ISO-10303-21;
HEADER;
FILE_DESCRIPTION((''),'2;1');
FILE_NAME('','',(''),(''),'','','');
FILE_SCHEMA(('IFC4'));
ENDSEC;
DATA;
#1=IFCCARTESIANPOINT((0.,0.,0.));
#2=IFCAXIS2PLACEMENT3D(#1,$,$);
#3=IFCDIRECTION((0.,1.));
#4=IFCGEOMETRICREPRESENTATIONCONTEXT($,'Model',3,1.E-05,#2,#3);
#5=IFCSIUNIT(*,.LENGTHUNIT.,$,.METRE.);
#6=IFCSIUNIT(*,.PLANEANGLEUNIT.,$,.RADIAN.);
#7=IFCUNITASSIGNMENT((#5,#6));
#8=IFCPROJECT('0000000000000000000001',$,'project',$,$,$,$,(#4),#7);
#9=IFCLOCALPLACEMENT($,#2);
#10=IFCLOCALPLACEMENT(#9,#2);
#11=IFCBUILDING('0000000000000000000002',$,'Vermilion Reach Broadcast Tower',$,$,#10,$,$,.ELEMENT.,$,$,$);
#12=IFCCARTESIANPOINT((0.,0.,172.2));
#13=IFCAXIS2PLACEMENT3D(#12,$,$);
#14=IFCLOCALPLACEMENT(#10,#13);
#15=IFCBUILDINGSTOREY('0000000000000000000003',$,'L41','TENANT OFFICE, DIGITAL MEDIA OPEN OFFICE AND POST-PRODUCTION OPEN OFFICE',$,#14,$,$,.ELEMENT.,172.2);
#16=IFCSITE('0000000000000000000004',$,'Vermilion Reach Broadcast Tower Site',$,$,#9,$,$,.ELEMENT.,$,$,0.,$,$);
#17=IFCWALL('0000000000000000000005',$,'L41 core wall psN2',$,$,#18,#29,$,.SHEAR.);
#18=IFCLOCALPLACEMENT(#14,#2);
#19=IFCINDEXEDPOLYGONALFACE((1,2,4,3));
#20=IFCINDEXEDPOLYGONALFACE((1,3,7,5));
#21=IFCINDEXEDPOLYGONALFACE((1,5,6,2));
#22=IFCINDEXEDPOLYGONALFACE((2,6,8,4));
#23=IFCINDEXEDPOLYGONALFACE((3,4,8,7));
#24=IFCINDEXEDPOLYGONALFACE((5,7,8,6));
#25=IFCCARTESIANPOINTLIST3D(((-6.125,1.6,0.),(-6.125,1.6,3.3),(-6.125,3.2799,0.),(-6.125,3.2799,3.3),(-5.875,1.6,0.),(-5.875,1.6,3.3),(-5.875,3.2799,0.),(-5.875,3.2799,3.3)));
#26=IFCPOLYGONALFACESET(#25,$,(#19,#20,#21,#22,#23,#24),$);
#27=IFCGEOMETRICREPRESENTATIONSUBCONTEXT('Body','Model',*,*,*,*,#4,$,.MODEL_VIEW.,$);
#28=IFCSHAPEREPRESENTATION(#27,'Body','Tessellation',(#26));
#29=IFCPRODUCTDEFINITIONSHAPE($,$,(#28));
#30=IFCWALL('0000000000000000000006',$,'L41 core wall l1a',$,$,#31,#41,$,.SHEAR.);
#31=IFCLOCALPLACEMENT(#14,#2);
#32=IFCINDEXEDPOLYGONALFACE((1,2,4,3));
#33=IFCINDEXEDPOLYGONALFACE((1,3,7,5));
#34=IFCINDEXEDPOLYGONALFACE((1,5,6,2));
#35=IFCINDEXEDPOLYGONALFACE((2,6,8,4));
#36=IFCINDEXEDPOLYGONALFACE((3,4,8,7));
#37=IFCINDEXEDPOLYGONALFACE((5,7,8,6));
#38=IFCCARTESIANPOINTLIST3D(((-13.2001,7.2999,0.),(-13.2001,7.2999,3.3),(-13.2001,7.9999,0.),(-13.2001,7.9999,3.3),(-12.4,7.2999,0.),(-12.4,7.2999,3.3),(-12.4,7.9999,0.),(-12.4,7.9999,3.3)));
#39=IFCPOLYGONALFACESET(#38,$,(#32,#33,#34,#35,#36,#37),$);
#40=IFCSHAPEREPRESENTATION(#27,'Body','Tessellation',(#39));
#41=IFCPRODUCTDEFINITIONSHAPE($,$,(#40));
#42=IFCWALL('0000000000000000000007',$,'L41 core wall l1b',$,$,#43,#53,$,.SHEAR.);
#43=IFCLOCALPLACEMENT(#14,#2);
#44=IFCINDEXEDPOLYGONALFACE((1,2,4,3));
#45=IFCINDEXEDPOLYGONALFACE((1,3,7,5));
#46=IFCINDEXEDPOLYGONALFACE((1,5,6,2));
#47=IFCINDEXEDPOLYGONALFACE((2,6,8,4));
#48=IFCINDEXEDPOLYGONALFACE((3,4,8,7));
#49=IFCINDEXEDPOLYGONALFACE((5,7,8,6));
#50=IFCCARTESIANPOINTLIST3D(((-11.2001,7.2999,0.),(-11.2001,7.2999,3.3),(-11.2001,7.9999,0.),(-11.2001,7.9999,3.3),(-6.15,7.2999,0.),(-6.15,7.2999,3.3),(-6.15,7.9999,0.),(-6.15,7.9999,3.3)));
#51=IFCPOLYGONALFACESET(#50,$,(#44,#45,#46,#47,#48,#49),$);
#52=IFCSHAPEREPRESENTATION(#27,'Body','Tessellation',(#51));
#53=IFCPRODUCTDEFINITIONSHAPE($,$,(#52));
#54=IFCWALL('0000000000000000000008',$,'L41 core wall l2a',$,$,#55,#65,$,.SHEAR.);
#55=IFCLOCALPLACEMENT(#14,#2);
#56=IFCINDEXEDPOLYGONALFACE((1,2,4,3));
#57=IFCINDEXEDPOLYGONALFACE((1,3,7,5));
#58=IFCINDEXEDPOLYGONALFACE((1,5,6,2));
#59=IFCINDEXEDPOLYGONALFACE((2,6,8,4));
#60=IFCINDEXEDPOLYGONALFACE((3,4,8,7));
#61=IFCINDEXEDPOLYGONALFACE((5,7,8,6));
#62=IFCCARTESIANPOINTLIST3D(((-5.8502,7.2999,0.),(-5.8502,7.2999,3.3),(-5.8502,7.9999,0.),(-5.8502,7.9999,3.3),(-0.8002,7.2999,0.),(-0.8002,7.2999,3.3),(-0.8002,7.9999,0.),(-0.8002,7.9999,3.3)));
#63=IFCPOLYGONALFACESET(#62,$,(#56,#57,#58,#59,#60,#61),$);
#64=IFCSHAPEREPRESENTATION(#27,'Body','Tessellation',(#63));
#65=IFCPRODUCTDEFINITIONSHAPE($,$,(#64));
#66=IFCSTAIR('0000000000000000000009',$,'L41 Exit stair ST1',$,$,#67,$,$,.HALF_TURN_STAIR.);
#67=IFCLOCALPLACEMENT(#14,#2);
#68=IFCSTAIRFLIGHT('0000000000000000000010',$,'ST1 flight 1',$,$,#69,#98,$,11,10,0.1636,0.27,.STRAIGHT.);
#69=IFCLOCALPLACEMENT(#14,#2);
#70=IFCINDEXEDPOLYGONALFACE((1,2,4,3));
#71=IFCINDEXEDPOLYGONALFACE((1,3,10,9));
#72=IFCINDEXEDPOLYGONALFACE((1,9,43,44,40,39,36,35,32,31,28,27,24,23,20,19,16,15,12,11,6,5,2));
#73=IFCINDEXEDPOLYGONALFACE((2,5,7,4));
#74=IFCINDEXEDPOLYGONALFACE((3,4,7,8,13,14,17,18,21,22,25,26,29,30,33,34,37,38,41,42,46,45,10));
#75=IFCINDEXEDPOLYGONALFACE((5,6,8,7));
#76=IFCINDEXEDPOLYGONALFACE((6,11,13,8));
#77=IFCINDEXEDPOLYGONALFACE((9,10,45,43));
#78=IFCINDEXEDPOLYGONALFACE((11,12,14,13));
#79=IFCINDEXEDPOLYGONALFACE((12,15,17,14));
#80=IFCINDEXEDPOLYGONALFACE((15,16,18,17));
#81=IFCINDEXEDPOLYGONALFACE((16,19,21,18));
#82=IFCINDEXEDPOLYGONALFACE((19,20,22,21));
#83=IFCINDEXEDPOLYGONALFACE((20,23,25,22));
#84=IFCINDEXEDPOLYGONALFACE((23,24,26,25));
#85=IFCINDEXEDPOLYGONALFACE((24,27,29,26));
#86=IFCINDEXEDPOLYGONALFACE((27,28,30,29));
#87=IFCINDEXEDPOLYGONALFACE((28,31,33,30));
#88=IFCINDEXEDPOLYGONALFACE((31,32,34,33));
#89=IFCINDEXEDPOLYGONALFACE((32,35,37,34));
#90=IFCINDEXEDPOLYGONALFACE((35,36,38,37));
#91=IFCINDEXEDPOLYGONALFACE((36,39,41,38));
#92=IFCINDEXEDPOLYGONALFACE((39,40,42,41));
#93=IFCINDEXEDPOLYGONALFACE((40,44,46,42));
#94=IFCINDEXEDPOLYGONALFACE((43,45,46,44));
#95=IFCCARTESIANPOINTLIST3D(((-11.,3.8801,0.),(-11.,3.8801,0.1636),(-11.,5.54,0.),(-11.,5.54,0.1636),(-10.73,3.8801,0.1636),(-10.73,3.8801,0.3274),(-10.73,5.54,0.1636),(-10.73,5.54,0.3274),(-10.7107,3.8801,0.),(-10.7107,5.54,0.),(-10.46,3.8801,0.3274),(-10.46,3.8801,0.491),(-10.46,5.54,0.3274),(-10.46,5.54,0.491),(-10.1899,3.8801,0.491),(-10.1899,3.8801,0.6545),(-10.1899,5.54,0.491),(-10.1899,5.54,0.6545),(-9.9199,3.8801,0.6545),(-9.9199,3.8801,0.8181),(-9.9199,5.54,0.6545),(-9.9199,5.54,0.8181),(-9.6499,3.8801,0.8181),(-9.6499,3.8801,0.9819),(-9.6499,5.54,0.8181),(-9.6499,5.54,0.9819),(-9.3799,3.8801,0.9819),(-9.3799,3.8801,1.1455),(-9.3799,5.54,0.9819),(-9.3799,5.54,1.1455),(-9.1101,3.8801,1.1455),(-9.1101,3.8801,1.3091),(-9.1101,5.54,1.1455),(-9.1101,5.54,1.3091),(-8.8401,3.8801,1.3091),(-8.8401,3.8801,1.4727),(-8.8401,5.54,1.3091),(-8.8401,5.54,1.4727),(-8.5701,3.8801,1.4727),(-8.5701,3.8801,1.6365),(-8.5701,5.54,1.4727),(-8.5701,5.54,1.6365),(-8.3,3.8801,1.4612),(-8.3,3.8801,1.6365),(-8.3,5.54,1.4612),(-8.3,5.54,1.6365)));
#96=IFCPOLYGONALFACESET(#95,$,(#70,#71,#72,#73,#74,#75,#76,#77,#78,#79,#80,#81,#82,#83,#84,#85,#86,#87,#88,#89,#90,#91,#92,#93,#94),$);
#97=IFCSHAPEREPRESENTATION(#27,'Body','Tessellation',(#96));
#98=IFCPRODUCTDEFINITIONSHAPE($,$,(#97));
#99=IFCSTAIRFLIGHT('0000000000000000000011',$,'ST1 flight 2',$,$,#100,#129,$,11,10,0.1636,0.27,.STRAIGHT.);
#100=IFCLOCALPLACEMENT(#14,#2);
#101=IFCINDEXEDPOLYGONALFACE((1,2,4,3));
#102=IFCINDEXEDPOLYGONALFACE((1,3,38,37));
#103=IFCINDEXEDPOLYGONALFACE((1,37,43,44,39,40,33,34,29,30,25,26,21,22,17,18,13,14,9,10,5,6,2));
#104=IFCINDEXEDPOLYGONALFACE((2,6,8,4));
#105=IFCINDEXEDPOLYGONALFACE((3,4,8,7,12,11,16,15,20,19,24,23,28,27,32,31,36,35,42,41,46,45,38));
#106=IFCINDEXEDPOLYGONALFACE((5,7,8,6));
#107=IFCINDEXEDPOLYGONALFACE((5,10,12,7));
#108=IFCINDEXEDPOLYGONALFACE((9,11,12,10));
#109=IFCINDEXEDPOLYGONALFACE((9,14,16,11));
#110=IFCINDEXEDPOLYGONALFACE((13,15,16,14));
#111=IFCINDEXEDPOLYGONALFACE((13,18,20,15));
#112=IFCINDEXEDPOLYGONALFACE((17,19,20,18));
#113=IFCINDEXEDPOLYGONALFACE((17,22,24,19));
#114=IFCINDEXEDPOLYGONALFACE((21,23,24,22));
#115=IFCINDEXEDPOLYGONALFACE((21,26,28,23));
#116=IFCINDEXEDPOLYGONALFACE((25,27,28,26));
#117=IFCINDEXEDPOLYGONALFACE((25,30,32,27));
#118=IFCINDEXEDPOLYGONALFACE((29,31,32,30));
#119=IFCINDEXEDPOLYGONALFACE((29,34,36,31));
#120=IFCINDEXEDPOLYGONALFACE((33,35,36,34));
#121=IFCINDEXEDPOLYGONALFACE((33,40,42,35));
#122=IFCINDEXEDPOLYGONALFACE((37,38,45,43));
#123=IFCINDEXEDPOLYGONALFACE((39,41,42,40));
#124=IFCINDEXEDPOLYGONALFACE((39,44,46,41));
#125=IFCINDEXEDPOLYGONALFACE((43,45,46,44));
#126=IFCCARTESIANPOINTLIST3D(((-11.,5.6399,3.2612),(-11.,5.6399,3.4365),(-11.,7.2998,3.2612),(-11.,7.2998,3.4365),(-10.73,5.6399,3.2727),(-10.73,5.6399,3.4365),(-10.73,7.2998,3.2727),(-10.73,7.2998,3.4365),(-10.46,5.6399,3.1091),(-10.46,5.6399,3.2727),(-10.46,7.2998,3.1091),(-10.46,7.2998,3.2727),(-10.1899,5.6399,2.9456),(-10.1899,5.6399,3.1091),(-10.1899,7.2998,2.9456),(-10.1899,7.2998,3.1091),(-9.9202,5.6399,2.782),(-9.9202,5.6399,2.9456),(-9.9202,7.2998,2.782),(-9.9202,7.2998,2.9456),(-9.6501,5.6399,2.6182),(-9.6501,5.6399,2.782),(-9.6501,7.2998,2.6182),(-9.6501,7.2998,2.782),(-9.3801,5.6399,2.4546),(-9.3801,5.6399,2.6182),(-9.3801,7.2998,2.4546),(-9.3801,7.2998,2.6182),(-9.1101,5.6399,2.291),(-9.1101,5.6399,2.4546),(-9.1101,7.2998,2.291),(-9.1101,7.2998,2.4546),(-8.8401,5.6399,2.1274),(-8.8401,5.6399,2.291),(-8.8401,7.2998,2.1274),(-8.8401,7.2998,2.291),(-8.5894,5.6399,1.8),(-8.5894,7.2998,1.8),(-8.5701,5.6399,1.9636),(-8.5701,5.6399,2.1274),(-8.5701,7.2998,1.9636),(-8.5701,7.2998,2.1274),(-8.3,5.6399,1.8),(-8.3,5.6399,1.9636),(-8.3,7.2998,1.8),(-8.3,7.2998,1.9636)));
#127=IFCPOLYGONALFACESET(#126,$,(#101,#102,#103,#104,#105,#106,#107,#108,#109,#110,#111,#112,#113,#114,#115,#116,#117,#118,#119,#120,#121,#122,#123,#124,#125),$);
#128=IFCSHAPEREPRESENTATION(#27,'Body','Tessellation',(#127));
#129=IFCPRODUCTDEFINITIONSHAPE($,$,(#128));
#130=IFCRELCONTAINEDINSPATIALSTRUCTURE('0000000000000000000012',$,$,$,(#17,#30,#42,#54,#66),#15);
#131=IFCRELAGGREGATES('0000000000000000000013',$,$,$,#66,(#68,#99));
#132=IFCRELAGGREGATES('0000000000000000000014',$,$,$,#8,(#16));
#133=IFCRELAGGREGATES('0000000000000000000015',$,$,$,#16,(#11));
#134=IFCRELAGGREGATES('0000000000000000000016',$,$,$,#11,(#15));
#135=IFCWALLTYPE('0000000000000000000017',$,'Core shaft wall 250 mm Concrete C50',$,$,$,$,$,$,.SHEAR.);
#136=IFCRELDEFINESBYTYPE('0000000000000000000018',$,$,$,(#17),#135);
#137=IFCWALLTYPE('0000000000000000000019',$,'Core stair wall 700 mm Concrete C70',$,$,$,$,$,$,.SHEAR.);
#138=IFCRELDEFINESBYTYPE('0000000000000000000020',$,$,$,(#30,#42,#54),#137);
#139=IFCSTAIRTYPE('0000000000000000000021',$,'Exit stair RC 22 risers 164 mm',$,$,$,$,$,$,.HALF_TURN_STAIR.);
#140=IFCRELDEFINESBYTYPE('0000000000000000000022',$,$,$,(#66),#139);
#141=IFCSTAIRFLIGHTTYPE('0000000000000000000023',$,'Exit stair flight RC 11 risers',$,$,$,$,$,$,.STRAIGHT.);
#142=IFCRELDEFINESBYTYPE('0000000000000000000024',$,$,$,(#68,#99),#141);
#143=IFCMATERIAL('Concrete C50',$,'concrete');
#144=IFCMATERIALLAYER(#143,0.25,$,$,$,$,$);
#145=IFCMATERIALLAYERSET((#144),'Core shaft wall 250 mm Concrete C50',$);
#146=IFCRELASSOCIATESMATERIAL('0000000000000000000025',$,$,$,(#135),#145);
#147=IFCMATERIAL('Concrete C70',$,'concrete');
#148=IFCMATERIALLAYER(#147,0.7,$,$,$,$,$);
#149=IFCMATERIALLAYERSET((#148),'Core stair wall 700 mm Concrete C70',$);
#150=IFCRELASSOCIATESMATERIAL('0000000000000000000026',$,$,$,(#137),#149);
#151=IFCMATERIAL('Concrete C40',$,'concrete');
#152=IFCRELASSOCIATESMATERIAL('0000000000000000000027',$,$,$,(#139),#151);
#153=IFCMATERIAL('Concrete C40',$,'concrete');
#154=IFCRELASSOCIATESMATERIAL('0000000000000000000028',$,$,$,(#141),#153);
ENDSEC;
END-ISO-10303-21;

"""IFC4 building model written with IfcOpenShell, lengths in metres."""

from ifc_helpers import new_model, si_unit, direction, frame, frame_2d, origin, place, context, subcontext, project, spatial, polyline, rectangle, outline, extrude, material, layer, layer_set, type_object, element, aggregate, save


model = new_model("IFC4")

# Units and contexts
model_context = context("Model", 3, precision=1e-05, world=origin(), true_north=direction((0.0, 1.0)))
body_context = subcontext(model_context, "Body", "Model", "MODEL_VIEW")
ifc_project = project(units=[si_unit("LENGTHUNIT", "METRE"), si_unit("PLANEANGLEUNIT", "RADIAN")], contexts=[model_context])

# Site, building, storey
site_placement = place(None, origin())
site = spatial("IfcSite", under=ifc_project, at=site_placement, Name="Vermilion Reach Broadcast Tower Site", CompositionType="ELEMENT", RefElevation=0.0)
building_placement = place(site_placement, origin())
building = spatial("IfcBuilding", under=site, at=building_placement, Name="Vermilion Reach Broadcast Tower", CompositionType="ELEMENT")
storey_placement = place(building_placement, frame((0.0, 0.0, 172.2)))
storey = spatial("IfcBuildingStorey", under=building, at=storey_placement, Name="L41", Description="TENANT OFFICE, DIGITAL MEDIA OPEN OFFICE AND POST-PRODUCTION OPEN OFFICE", CompositionType="ELEMENT", Elevation=172.2)

# Walls
ifc_material_1 = material(Name="Concrete C50", Category="concrete")
ifc_layer_1 = layer(ifc_material_1, 0.25)
ifc_layer_set_1 = layer_set([ifc_layer_1], Name="Core shaft wall 250 mm Concrete C50")
wall_type_1 = type_object("IfcWallType", Name="Core shaft wall 250 mm Concrete C50", PredefinedType="SHEAR", material=ifc_layer_set_1)
for number, where, z_axis, x_axis, name in (
    (1, (-6.0, 1.6001, 0.0), (0.0, 0.0, 1.0), (0.0, 1.0, 0.0), "L41 core wall psN2"),
):
    element("IfcWall", number, at=place(storey_placement, frame(where, z_axis=z_axis, x_axis=x_axis)), inside=storey, type_object=wall_type_1, Name=name, PredefinedType="SHEAR", context=body_context, shape_type="SweptSolid", body=[
        extrude(rectangle(XDim=1.6799, YDim=0.25, at=frame_2d((0.8398, 0.0))), origin(), (0.0, 0.0, 1.0), 3.3),
    ])
ifc_material_2 = material(Name="Concrete C70", Category="concrete")
ifc_layer_2 = layer(ifc_material_2, 0.7)
ifc_layer_set_2 = layer_set([ifc_layer_2], Name="Core stair wall 700 mm Concrete C70")
wall_type_2 = type_object("IfcWallType", Name="Core stair wall 700 mm Concrete C70", PredefinedType="SHEAR", material=ifc_layer_set_2)
wall_1_placement = place(storey_placement, frame((-13.2, 7.6499, 0.0), z_axis=(0.0, 0.0, 1.0), x_axis=(1.0, 0.0, 0.0)))
element("IfcWall", 2, at=wall_1_placement, inside=storey, type_object=wall_type_2, Name="L41 core wall l1a", PredefinedType="SHEAR", context=body_context, shape_type="SweptSolid", body=[
    extrude(rectangle(XDim=0.8, YDim=0.7, at=frame_2d((0.3999, 0.0))), origin(), (0.0, 0.0, 1.0), 3.3),
])
for number, where, z_axis, x_axis, name in (
    (3, (-11.2, 7.6499, 0.0), (0.0, 0.0, 1.0), (1.0, 0.0, 0.0), "L41 core wall l1b"),
    (4, (-5.8501, 7.6499, 0.0), (0.0, 0.0, 1.0), (1.0, 0.0, 0.0), "L41 core wall l2a"),
):
    element("IfcWall", number, at=place(storey_placement, frame(where, z_axis=z_axis, x_axis=x_axis)), inside=storey, type_object=wall_type_2, Name=name, PredefinedType="SHEAR", context=body_context, shape_type="SweptSolid", body=[
        extrude(rectangle(XDim=5.05, YDim=0.7, at=frame_2d((2.5249, 0.0))), origin(), (0.0, 0.0, 1.0), 3.3),
    ])

# Stair, stair flights
ifc_material_3 = material(Name="Concrete C40", Category="concrete")
stair_type = type_object("IfcStairType", Name="Exit stair RC 22 risers 164 mm", PredefinedType="HALF_TURN_STAIR", material=ifc_material_3)
stair_placement = place(storey_placement, origin())
stair = element("IfcStair", 5, at=stair_placement, inside=storey, type_object=stair_type, Name="L41 Exit stair ST1", PredefinedType="HALF_TURN_STAIR")
ifc_material_4 = material(Name="Concrete C40", Category="concrete")
stair_flight_type = type_object("IfcStairFlightType", Name="Exit stair flight RC 11 risers", PredefinedType="STRAIGHT", material=ifc_material_4)
stair_flight_1_placement = place(storey_placement, frame((-11.0, 4.71, 0.0), z_axis=(0.0, 0.0, 1.0), x_axis=(1.0, 0.0, 0.0)))
stair_flight_1 = element("IfcStairFlight", 6, at=stair_flight_1_placement, type_object=stair_flight_type, Name="ST1 flight 1", NumberOfRisers=11, NumberOfTreads=10, PredefinedType="STRAIGHT", RiserHeight=0.1636, TreadLength=0.27, context=body_context, shape_type="SweptSolid", body=[
    extrude(outline(polyline([(0.0, 0.0), (0.0, 0.1636), (0.27, 0.1636), (0.27, 0.3274), (0.54, 0.3274), (0.54, 0.491), (0.8101, 0.491), (0.8101, 0.6545), (1.0801, 0.6545), (1.0801, 0.8181), (1.3501, 0.8181), (1.3501, 0.9819), (1.6201, 0.9819), (1.6201, 1.1455), (1.8899, 1.1455), (1.8899, 1.3091), (2.1599, 1.3091), (2.1599, 1.4727), (2.4299, 1.4727), (2.4299, 1.6365), (2.7, 1.6365), (2.7, 1.8), (2.7, 1.4612), (0.2893, 0.0), (0.0, 0.0)])), frame((0.0, 0.8301, 0.0), z_axis=(0.0, -1.0, 0.0), x_axis=(1.0, 0.0, 0.0)), (0.0, 0.0, 1.0), 1.6599),
])
stair_flight_2_placement = place(storey_placement, frame((-8.3, 6.47, 1.8), z_axis=(0.0, 0.0, 1.0), x_axis=(-1.0, 0.0, 0.0)))
stair_flight_2 = element("IfcStairFlight", 7, at=stair_flight_2_placement, type_object=stair_flight_type, Name="ST1 flight 2", NumberOfRisers=11, NumberOfTreads=10, PredefinedType="STRAIGHT", RiserHeight=0.1636, TreadLength=0.27, context=body_context, shape_type="SweptSolid", body=[
    extrude(outline(polyline([(0.0, 0.0), (0.0, 0.1636), (0.27, 0.1636), (0.27, 0.3274), (0.54, 0.3274), (0.54, 0.491), (0.8101, 0.491), (0.8101, 0.6545), (1.0801, 0.6545), (1.0801, 0.8181), (1.3501, 0.8181), (1.3501, 0.9819), (1.6201, 0.9819), (1.6201, 1.1455), (1.8899, 1.1455), (1.8899, 1.3091), (2.1599, 1.3091), (2.1599, 1.4727), (2.4299, 1.4727), (2.4299, 1.6365), (2.7, 1.6365), (2.7, 1.8), (2.7, 1.4612), (0.2893, 0.0), (0.0, 0.0)])), frame((0.0, 0.8301, 0.0), z_axis=(0.0, -1.0, 0.0), x_axis=(1.0, 0.0, 0.0)), (0.0, 0.0, 1.0), 1.6599),
])
aggregate(stair, [stair_flight_1, stair_flight_2])

save(model, "model.ifc")
